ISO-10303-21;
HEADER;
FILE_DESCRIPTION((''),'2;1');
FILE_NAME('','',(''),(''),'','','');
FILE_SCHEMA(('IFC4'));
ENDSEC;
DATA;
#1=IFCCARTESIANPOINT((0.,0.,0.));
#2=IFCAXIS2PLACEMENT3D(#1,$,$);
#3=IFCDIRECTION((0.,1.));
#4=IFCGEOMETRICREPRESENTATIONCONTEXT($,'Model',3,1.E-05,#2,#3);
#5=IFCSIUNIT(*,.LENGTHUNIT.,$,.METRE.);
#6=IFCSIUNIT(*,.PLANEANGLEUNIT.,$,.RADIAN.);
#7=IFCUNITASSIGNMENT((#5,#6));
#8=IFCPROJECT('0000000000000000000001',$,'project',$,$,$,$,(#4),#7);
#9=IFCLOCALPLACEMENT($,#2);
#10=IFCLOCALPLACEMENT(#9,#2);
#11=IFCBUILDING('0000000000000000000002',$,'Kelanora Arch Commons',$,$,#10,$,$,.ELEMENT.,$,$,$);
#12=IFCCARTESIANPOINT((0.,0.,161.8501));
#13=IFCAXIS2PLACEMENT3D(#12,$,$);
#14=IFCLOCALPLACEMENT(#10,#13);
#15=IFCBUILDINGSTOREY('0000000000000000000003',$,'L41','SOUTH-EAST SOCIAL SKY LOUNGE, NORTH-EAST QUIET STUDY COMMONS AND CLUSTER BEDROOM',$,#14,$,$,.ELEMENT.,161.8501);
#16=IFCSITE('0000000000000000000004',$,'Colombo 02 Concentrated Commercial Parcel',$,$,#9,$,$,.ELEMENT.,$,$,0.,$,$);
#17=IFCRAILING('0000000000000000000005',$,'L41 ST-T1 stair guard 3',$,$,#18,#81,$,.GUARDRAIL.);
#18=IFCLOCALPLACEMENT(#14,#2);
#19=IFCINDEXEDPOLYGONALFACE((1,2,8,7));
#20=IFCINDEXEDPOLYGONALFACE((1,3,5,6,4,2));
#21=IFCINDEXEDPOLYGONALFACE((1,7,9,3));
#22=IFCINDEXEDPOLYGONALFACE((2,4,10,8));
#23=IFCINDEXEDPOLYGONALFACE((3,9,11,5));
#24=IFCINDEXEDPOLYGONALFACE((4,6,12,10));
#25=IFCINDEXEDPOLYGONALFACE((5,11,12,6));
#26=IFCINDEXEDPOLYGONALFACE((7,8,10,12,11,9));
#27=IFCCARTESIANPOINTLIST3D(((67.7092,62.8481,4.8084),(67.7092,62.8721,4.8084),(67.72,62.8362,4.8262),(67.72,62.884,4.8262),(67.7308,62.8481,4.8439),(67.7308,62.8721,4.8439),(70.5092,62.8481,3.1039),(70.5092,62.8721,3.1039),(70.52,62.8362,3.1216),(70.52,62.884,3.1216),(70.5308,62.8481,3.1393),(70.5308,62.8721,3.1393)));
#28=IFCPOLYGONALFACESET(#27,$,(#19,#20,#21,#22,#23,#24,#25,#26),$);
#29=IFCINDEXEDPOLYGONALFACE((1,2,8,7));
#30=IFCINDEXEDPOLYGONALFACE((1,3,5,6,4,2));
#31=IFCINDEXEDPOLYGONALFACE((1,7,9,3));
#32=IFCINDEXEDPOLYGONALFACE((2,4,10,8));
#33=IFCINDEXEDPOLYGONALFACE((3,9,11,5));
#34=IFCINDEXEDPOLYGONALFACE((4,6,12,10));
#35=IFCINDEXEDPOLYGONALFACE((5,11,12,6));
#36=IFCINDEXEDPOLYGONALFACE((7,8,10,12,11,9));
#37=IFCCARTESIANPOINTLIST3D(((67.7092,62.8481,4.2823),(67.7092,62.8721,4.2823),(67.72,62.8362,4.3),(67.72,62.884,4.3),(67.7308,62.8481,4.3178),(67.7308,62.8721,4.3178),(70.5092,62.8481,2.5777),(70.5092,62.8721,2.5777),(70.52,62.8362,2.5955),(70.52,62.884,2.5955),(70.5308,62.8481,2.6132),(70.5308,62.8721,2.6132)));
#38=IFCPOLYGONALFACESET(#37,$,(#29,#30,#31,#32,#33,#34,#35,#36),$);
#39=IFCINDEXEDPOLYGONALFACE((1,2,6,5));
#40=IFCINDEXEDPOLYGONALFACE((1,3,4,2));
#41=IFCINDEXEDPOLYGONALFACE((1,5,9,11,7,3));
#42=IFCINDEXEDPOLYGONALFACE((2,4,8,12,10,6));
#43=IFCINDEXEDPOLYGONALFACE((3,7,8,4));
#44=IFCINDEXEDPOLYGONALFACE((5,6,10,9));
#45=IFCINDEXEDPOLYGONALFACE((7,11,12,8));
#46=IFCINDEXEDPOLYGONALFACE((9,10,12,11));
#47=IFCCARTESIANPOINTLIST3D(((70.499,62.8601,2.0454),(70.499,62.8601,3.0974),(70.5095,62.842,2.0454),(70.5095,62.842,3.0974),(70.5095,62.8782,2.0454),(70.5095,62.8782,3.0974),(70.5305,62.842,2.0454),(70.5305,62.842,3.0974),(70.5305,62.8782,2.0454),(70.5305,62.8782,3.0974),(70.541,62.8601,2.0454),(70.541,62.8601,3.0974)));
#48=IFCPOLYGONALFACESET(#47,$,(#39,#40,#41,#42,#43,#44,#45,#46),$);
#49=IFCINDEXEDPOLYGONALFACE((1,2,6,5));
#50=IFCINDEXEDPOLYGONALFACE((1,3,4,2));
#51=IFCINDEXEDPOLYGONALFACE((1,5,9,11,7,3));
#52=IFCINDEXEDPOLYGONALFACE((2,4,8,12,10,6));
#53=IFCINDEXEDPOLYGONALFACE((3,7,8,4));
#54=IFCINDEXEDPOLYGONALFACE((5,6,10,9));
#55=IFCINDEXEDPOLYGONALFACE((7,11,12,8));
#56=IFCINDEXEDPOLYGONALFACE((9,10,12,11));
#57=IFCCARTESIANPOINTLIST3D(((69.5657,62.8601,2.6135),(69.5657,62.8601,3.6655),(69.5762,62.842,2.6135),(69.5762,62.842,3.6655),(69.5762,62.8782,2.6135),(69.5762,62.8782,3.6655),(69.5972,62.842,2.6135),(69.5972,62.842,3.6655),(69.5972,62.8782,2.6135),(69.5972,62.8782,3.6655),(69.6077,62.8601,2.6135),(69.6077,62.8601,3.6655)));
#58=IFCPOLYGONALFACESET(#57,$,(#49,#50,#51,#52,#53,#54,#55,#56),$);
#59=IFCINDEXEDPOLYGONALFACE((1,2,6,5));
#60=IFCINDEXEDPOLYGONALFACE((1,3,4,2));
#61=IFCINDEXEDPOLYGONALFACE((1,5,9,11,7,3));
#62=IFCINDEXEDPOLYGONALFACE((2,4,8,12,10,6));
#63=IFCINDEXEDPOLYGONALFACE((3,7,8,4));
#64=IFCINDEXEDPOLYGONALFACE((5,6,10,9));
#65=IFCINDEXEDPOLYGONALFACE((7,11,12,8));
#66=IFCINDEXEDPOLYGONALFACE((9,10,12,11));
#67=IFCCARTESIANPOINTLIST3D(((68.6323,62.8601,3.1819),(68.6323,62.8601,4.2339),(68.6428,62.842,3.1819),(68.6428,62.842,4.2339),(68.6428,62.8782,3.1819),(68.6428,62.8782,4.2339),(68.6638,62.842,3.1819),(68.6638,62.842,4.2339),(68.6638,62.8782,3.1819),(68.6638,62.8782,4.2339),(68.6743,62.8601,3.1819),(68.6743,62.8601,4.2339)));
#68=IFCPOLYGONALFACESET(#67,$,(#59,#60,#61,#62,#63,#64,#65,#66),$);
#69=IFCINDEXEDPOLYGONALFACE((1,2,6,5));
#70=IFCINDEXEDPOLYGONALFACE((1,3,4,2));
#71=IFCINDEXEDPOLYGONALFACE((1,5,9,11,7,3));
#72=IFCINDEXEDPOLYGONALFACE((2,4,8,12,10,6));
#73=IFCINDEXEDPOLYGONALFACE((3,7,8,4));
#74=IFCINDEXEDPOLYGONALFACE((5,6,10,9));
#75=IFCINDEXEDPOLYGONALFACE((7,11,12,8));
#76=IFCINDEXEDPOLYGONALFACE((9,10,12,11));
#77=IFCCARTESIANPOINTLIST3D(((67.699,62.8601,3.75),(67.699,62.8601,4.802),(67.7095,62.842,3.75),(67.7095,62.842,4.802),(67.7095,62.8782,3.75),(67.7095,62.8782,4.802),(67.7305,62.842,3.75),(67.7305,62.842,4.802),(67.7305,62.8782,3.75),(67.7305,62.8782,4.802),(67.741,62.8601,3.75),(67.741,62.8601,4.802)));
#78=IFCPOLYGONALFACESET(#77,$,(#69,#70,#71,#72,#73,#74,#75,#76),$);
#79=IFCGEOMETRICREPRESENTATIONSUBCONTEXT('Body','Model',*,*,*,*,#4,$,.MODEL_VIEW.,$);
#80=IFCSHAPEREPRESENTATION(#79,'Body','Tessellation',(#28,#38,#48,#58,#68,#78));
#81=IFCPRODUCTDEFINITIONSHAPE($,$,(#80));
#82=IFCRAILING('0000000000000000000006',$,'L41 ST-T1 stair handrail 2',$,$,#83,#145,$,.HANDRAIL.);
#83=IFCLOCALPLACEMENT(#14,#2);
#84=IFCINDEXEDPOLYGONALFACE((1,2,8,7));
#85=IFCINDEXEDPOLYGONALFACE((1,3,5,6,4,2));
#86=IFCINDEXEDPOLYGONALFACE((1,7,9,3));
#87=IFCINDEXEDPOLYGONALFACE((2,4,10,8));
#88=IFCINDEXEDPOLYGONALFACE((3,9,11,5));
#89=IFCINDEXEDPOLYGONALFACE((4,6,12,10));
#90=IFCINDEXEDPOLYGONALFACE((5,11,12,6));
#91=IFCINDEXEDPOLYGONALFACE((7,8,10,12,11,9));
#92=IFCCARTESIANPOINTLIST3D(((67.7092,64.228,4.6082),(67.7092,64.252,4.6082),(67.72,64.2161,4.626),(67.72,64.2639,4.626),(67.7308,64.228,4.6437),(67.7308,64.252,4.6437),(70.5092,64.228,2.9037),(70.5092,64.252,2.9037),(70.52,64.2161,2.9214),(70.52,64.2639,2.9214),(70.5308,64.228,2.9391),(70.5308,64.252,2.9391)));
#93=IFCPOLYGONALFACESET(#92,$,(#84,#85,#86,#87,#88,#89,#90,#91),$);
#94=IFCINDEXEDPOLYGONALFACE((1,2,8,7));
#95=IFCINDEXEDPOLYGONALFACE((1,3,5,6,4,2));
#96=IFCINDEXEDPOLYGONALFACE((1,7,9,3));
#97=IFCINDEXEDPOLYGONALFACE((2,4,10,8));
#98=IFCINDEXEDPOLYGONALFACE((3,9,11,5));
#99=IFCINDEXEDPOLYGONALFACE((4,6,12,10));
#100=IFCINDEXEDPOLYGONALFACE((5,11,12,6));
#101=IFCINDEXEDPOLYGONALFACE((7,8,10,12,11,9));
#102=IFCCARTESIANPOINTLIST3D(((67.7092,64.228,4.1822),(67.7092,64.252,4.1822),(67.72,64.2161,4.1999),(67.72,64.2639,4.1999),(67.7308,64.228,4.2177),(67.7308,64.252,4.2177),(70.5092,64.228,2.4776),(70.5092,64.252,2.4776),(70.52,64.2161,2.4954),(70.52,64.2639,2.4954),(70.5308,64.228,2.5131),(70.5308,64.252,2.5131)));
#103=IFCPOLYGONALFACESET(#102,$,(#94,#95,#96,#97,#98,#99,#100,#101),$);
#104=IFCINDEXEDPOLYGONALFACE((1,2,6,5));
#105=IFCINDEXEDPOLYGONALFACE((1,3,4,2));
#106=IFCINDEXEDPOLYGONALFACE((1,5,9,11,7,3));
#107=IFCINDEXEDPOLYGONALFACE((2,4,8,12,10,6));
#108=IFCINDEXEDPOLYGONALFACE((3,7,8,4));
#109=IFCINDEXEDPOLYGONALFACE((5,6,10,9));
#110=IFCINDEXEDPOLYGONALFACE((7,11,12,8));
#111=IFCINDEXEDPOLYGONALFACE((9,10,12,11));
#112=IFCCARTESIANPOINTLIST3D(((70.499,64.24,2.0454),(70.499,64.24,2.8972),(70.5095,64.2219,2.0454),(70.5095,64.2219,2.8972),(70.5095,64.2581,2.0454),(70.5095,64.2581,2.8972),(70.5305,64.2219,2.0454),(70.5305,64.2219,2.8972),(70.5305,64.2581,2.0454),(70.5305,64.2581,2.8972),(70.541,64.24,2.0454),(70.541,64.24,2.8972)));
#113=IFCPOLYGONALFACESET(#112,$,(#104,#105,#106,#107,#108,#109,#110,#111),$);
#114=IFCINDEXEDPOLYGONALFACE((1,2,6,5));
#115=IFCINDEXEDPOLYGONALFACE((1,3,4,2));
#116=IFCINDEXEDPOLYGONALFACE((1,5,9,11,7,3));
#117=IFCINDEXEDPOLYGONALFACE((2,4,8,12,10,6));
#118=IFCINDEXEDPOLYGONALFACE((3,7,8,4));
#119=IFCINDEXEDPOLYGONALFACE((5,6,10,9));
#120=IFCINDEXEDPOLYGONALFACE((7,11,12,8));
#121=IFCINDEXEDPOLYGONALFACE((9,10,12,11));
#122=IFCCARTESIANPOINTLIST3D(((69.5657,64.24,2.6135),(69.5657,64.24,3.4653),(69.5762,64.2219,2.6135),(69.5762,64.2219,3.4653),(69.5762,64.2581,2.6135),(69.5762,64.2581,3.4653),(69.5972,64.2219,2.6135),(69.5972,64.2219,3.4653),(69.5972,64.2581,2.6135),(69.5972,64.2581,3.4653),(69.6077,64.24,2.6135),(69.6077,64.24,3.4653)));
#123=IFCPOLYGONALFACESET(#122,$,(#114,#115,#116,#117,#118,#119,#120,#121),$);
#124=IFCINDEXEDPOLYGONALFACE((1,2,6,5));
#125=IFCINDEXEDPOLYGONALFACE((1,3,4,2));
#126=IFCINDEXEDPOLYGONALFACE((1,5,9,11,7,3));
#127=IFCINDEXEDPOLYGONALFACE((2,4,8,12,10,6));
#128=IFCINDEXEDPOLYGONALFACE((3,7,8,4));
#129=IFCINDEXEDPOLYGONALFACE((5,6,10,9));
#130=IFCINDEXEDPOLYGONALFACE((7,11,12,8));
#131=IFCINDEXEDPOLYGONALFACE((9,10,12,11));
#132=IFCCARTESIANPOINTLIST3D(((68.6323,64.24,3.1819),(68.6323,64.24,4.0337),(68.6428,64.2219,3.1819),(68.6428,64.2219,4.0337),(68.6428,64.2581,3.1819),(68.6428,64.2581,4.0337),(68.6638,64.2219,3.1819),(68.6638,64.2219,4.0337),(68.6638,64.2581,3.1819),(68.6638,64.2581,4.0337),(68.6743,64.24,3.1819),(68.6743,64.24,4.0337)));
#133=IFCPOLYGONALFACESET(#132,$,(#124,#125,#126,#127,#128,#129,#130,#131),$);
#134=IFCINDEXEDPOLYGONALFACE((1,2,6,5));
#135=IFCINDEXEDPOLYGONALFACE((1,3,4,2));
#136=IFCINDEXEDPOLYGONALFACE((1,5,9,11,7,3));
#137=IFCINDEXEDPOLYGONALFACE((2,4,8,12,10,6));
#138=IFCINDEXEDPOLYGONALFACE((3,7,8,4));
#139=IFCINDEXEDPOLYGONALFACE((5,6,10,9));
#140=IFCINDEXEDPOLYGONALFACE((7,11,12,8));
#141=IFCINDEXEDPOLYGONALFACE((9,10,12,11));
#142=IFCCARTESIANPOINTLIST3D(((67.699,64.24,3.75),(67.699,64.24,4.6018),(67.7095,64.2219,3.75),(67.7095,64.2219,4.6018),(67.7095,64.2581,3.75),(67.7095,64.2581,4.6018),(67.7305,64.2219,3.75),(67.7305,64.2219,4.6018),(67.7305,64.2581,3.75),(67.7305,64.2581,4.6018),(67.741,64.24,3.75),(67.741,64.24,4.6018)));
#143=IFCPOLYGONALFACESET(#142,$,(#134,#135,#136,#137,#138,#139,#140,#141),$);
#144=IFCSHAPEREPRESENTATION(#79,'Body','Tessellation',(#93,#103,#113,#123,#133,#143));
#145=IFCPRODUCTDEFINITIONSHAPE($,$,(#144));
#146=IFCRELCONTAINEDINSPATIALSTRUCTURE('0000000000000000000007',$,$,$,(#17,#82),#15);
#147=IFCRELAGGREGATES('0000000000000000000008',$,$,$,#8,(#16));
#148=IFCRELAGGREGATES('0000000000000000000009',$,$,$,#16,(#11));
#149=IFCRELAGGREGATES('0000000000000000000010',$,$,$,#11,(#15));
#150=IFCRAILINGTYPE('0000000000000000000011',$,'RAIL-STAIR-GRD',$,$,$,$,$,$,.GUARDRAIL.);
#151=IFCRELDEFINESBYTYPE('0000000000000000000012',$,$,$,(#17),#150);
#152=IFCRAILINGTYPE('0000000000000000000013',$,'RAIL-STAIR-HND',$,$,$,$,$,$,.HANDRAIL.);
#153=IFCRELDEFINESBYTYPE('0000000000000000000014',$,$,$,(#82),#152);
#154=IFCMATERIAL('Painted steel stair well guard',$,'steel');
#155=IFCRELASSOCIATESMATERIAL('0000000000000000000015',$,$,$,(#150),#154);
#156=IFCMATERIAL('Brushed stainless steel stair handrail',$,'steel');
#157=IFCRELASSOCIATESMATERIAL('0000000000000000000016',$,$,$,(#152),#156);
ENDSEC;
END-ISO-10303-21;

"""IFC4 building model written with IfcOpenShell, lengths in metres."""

from ifc_helpers import new_model, si_unit, direction, frame, origin, place, context, subcontext, project, spatial, polyline, outline, extrude, material, type_object, element, save


model = new_model("IFC4")

# Units and contexts
model_context = context("Model", 3, precision=1e-05, world=origin(), true_north=direction((0.0, 1.0)))
body_context = subcontext(model_context, "Body", "Model", "MODEL_VIEW")
ifc_project = project(units=[si_unit("LENGTHUNIT", "METRE"), si_unit("PLANEANGLEUNIT", "RADIAN")], contexts=[model_context])

# Site, building, storey
site_placement = place(None, origin())
site = spatial("IfcSite", under=ifc_project, at=site_placement, Name="Colombo 02 Concentrated Commercial Parcel", CompositionType="ELEMENT", RefElevation=0.0)
building_placement = place(site_placement, origin())
building = spatial("IfcBuilding", under=site, at=building_placement, Name="Kelanora Arch Commons", CompositionType="ELEMENT")
storey_placement = place(building_placement, frame((0.0, 0.0, 161.8501)))
storey = spatial("IfcBuildingStorey", under=building, at=storey_placement, Name="L41", Description="SOUTH-EAST SOCIAL SKY LOUNGE, NORTH-EAST QUIET STUDY COMMONS AND CLUSTER BEDROOM", CompositionType="ELEMENT", Elevation=161.8501)

# Railings
ifc_material_1 = material(Name="Painted steel stair well guard", Category="steel")
railing_type_1 = type_object("IfcRailingType", Name="RAIL-STAIR-GRD", PredefinedType="GUARDRAIL", material=ifc_material_1)
railing_1_placement = place(storey_placement, frame((70.52, 62.8601, 2.0454)))
element("IfcRailing", 1, at=railing_1_placement, inside=storey, type_object=railing_type_1, Name="L41 ST-T1 stair guard 3", PredefinedType="GUARDRAIL", context=body_context, shape_type="SweptSolid", body=[
    extrude(outline(polyline([(0.0239, 0.0), (0.012, 0.0208), (-0.012, 0.0208), (-0.0239, 0.0), (-0.012, -0.0208), (0.012, -0.0208), (0.0239, 0.0)])), frame((0.0, 0.0, 1.0762), z_axis=(-0.85417, 0.0, 0.519994), x_axis=(0.0, -1.0, 0.0)), (0.0, 0.0, 1.0), 3.2781),
    extrude(outline(polyline([(0.0239, 0.0), (0.012, 0.0208), (-0.012, 0.0208), (-0.0239, 0.0), (-0.012, -0.0208), (0.012, -0.0208), (0.0239, 0.0)])), frame((0.0, 0.0, 0.55), z_axis=(-0.85417, 0.0, 0.519994), x_axis=(0.0, -1.0, 0.0)), (0.0, 0.0, 1.0), 3.2781),
    extrude(outline(polyline([(0.021, 0.0), (0.0105, 0.0181), (-0.0105, 0.0181), (-0.021, 0.0), (-0.0105, -0.0181), (0.0105, -0.0181), (0.021, 0.0)])), origin(), (0.0, 0.0, 1.0), 1.052),
    extrude(outline(polyline([(0.021, 0.0), (0.0105, 0.0181), (-0.0105, 0.0181), (-0.021, 0.0), (-0.0105, -0.0181), (0.0105, -0.0181), (0.021, 0.0)])), frame((-0.9333, 0.0, 0.5681)), (0.0, 0.0, 1.0), 1.052),
    extrude(outline(polyline([(0.021, 0.0), (0.0105, 0.0181), (-0.0105, 0.0181), (-0.021, 0.0), (-0.0105, -0.0181), (0.0105, -0.0181), (0.021, 0.0)])), frame((-1.8667, 0.0, 1.1365)), (0.0, 0.0, 1.0), 1.052),
    extrude(outline(polyline([(0.021, 0.0), (0.0105, 0.0181), (-0.0105, 0.0181), (-0.021, 0.0), (-0.0105, -0.0181), (0.0105, -0.0181), (0.021, 0.0)])), frame((-2.8, 0.0, 1.7046)), (0.0, 0.0, 1.0), 1.052),
])
ifc_material_2 = material(Name="Brushed stainless steel stair handrail", Category="steel")
railing_type_2 = type_object("IfcRailingType", Name="RAIL-STAIR-HND", PredefinedType="HANDRAIL", material=ifc_material_2)
railing_2_placement = place(storey_placement, frame((70.52, 64.24, 2.0454)))
element("IfcRailing", 2, at=railing_2_placement, inside=storey, type_object=railing_type_2, Name="L41 ST-T1 stair handrail 2", PredefinedType="HANDRAIL", context=body_context, shape_type="SweptSolid", body=[
    extrude(outline(polyline([(0.0239, 0.0), (0.012, 0.0208), (-0.012, 0.0208), (-0.0239, 0.0), (-0.012, -0.0208), (0.012, -0.0208), (0.0239, 0.0)])), frame((0.0, 0.0, 0.876), z_axis=(-0.85417, 0.0, 0.519994), x_axis=(0.0, -1.0, 0.0)), (0.0, 0.0, 1.0), 3.2781),
    extrude(outline(polyline([(0.0239, 0.0), (0.012, 0.0208), (-0.012, 0.0208), (-0.0239, 0.0), (-0.012, -0.0208), (0.012, -0.0208), (0.0239, 0.0)])), frame((0.0, 0.0, 0.45), z_axis=(-0.85417, 0.0, 0.519994), x_axis=(0.0, -1.0, 0.0)), (0.0, 0.0, 1.0), 3.2781),
    extrude(outline(polyline([(0.021, 0.0), (0.0105, 0.0181), (-0.0105, 0.0181), (-0.021, 0.0), (-0.0105, -0.0181), (0.0105, -0.0181), (0.021, 0.0)])), origin(), (0.0, 0.0, 1.0), 0.8518),
    extrude(outline(polyline([(0.021, 0.0), (0.0105, 0.0181), (-0.0105, 0.0181), (-0.021, 0.0), (-0.0105, -0.0181), (0.0105, -0.0181), (0.021, 0.0)])), frame((-0.9333, 0.0, 0.5681)), (0.0, 0.0, 1.0), 0.8518),
    extrude(outline(polyline([(0.021, 0.0), (0.0105, 0.0181), (-0.0105, 0.0181), (-0.021, 0.0), (-0.0105, -0.0181), (0.0105, -0.0181), (0.021, 0.0)])), frame((-1.8667, 0.0, 1.1365)), (0.0, 0.0, 1.0), 0.8518),
    extrude(outline(polyline([(0.021, 0.0), (0.0105, 0.0181), (-0.0105, 0.0181), (-0.021, 0.0), (-0.0105, -0.0181), (0.0105, -0.0181), (0.021, 0.0)])), frame((-2.8, 0.0, 1.7046)), (0.0, 0.0, 1.0), 0.8518),
])

save(model, "model.ifc")
